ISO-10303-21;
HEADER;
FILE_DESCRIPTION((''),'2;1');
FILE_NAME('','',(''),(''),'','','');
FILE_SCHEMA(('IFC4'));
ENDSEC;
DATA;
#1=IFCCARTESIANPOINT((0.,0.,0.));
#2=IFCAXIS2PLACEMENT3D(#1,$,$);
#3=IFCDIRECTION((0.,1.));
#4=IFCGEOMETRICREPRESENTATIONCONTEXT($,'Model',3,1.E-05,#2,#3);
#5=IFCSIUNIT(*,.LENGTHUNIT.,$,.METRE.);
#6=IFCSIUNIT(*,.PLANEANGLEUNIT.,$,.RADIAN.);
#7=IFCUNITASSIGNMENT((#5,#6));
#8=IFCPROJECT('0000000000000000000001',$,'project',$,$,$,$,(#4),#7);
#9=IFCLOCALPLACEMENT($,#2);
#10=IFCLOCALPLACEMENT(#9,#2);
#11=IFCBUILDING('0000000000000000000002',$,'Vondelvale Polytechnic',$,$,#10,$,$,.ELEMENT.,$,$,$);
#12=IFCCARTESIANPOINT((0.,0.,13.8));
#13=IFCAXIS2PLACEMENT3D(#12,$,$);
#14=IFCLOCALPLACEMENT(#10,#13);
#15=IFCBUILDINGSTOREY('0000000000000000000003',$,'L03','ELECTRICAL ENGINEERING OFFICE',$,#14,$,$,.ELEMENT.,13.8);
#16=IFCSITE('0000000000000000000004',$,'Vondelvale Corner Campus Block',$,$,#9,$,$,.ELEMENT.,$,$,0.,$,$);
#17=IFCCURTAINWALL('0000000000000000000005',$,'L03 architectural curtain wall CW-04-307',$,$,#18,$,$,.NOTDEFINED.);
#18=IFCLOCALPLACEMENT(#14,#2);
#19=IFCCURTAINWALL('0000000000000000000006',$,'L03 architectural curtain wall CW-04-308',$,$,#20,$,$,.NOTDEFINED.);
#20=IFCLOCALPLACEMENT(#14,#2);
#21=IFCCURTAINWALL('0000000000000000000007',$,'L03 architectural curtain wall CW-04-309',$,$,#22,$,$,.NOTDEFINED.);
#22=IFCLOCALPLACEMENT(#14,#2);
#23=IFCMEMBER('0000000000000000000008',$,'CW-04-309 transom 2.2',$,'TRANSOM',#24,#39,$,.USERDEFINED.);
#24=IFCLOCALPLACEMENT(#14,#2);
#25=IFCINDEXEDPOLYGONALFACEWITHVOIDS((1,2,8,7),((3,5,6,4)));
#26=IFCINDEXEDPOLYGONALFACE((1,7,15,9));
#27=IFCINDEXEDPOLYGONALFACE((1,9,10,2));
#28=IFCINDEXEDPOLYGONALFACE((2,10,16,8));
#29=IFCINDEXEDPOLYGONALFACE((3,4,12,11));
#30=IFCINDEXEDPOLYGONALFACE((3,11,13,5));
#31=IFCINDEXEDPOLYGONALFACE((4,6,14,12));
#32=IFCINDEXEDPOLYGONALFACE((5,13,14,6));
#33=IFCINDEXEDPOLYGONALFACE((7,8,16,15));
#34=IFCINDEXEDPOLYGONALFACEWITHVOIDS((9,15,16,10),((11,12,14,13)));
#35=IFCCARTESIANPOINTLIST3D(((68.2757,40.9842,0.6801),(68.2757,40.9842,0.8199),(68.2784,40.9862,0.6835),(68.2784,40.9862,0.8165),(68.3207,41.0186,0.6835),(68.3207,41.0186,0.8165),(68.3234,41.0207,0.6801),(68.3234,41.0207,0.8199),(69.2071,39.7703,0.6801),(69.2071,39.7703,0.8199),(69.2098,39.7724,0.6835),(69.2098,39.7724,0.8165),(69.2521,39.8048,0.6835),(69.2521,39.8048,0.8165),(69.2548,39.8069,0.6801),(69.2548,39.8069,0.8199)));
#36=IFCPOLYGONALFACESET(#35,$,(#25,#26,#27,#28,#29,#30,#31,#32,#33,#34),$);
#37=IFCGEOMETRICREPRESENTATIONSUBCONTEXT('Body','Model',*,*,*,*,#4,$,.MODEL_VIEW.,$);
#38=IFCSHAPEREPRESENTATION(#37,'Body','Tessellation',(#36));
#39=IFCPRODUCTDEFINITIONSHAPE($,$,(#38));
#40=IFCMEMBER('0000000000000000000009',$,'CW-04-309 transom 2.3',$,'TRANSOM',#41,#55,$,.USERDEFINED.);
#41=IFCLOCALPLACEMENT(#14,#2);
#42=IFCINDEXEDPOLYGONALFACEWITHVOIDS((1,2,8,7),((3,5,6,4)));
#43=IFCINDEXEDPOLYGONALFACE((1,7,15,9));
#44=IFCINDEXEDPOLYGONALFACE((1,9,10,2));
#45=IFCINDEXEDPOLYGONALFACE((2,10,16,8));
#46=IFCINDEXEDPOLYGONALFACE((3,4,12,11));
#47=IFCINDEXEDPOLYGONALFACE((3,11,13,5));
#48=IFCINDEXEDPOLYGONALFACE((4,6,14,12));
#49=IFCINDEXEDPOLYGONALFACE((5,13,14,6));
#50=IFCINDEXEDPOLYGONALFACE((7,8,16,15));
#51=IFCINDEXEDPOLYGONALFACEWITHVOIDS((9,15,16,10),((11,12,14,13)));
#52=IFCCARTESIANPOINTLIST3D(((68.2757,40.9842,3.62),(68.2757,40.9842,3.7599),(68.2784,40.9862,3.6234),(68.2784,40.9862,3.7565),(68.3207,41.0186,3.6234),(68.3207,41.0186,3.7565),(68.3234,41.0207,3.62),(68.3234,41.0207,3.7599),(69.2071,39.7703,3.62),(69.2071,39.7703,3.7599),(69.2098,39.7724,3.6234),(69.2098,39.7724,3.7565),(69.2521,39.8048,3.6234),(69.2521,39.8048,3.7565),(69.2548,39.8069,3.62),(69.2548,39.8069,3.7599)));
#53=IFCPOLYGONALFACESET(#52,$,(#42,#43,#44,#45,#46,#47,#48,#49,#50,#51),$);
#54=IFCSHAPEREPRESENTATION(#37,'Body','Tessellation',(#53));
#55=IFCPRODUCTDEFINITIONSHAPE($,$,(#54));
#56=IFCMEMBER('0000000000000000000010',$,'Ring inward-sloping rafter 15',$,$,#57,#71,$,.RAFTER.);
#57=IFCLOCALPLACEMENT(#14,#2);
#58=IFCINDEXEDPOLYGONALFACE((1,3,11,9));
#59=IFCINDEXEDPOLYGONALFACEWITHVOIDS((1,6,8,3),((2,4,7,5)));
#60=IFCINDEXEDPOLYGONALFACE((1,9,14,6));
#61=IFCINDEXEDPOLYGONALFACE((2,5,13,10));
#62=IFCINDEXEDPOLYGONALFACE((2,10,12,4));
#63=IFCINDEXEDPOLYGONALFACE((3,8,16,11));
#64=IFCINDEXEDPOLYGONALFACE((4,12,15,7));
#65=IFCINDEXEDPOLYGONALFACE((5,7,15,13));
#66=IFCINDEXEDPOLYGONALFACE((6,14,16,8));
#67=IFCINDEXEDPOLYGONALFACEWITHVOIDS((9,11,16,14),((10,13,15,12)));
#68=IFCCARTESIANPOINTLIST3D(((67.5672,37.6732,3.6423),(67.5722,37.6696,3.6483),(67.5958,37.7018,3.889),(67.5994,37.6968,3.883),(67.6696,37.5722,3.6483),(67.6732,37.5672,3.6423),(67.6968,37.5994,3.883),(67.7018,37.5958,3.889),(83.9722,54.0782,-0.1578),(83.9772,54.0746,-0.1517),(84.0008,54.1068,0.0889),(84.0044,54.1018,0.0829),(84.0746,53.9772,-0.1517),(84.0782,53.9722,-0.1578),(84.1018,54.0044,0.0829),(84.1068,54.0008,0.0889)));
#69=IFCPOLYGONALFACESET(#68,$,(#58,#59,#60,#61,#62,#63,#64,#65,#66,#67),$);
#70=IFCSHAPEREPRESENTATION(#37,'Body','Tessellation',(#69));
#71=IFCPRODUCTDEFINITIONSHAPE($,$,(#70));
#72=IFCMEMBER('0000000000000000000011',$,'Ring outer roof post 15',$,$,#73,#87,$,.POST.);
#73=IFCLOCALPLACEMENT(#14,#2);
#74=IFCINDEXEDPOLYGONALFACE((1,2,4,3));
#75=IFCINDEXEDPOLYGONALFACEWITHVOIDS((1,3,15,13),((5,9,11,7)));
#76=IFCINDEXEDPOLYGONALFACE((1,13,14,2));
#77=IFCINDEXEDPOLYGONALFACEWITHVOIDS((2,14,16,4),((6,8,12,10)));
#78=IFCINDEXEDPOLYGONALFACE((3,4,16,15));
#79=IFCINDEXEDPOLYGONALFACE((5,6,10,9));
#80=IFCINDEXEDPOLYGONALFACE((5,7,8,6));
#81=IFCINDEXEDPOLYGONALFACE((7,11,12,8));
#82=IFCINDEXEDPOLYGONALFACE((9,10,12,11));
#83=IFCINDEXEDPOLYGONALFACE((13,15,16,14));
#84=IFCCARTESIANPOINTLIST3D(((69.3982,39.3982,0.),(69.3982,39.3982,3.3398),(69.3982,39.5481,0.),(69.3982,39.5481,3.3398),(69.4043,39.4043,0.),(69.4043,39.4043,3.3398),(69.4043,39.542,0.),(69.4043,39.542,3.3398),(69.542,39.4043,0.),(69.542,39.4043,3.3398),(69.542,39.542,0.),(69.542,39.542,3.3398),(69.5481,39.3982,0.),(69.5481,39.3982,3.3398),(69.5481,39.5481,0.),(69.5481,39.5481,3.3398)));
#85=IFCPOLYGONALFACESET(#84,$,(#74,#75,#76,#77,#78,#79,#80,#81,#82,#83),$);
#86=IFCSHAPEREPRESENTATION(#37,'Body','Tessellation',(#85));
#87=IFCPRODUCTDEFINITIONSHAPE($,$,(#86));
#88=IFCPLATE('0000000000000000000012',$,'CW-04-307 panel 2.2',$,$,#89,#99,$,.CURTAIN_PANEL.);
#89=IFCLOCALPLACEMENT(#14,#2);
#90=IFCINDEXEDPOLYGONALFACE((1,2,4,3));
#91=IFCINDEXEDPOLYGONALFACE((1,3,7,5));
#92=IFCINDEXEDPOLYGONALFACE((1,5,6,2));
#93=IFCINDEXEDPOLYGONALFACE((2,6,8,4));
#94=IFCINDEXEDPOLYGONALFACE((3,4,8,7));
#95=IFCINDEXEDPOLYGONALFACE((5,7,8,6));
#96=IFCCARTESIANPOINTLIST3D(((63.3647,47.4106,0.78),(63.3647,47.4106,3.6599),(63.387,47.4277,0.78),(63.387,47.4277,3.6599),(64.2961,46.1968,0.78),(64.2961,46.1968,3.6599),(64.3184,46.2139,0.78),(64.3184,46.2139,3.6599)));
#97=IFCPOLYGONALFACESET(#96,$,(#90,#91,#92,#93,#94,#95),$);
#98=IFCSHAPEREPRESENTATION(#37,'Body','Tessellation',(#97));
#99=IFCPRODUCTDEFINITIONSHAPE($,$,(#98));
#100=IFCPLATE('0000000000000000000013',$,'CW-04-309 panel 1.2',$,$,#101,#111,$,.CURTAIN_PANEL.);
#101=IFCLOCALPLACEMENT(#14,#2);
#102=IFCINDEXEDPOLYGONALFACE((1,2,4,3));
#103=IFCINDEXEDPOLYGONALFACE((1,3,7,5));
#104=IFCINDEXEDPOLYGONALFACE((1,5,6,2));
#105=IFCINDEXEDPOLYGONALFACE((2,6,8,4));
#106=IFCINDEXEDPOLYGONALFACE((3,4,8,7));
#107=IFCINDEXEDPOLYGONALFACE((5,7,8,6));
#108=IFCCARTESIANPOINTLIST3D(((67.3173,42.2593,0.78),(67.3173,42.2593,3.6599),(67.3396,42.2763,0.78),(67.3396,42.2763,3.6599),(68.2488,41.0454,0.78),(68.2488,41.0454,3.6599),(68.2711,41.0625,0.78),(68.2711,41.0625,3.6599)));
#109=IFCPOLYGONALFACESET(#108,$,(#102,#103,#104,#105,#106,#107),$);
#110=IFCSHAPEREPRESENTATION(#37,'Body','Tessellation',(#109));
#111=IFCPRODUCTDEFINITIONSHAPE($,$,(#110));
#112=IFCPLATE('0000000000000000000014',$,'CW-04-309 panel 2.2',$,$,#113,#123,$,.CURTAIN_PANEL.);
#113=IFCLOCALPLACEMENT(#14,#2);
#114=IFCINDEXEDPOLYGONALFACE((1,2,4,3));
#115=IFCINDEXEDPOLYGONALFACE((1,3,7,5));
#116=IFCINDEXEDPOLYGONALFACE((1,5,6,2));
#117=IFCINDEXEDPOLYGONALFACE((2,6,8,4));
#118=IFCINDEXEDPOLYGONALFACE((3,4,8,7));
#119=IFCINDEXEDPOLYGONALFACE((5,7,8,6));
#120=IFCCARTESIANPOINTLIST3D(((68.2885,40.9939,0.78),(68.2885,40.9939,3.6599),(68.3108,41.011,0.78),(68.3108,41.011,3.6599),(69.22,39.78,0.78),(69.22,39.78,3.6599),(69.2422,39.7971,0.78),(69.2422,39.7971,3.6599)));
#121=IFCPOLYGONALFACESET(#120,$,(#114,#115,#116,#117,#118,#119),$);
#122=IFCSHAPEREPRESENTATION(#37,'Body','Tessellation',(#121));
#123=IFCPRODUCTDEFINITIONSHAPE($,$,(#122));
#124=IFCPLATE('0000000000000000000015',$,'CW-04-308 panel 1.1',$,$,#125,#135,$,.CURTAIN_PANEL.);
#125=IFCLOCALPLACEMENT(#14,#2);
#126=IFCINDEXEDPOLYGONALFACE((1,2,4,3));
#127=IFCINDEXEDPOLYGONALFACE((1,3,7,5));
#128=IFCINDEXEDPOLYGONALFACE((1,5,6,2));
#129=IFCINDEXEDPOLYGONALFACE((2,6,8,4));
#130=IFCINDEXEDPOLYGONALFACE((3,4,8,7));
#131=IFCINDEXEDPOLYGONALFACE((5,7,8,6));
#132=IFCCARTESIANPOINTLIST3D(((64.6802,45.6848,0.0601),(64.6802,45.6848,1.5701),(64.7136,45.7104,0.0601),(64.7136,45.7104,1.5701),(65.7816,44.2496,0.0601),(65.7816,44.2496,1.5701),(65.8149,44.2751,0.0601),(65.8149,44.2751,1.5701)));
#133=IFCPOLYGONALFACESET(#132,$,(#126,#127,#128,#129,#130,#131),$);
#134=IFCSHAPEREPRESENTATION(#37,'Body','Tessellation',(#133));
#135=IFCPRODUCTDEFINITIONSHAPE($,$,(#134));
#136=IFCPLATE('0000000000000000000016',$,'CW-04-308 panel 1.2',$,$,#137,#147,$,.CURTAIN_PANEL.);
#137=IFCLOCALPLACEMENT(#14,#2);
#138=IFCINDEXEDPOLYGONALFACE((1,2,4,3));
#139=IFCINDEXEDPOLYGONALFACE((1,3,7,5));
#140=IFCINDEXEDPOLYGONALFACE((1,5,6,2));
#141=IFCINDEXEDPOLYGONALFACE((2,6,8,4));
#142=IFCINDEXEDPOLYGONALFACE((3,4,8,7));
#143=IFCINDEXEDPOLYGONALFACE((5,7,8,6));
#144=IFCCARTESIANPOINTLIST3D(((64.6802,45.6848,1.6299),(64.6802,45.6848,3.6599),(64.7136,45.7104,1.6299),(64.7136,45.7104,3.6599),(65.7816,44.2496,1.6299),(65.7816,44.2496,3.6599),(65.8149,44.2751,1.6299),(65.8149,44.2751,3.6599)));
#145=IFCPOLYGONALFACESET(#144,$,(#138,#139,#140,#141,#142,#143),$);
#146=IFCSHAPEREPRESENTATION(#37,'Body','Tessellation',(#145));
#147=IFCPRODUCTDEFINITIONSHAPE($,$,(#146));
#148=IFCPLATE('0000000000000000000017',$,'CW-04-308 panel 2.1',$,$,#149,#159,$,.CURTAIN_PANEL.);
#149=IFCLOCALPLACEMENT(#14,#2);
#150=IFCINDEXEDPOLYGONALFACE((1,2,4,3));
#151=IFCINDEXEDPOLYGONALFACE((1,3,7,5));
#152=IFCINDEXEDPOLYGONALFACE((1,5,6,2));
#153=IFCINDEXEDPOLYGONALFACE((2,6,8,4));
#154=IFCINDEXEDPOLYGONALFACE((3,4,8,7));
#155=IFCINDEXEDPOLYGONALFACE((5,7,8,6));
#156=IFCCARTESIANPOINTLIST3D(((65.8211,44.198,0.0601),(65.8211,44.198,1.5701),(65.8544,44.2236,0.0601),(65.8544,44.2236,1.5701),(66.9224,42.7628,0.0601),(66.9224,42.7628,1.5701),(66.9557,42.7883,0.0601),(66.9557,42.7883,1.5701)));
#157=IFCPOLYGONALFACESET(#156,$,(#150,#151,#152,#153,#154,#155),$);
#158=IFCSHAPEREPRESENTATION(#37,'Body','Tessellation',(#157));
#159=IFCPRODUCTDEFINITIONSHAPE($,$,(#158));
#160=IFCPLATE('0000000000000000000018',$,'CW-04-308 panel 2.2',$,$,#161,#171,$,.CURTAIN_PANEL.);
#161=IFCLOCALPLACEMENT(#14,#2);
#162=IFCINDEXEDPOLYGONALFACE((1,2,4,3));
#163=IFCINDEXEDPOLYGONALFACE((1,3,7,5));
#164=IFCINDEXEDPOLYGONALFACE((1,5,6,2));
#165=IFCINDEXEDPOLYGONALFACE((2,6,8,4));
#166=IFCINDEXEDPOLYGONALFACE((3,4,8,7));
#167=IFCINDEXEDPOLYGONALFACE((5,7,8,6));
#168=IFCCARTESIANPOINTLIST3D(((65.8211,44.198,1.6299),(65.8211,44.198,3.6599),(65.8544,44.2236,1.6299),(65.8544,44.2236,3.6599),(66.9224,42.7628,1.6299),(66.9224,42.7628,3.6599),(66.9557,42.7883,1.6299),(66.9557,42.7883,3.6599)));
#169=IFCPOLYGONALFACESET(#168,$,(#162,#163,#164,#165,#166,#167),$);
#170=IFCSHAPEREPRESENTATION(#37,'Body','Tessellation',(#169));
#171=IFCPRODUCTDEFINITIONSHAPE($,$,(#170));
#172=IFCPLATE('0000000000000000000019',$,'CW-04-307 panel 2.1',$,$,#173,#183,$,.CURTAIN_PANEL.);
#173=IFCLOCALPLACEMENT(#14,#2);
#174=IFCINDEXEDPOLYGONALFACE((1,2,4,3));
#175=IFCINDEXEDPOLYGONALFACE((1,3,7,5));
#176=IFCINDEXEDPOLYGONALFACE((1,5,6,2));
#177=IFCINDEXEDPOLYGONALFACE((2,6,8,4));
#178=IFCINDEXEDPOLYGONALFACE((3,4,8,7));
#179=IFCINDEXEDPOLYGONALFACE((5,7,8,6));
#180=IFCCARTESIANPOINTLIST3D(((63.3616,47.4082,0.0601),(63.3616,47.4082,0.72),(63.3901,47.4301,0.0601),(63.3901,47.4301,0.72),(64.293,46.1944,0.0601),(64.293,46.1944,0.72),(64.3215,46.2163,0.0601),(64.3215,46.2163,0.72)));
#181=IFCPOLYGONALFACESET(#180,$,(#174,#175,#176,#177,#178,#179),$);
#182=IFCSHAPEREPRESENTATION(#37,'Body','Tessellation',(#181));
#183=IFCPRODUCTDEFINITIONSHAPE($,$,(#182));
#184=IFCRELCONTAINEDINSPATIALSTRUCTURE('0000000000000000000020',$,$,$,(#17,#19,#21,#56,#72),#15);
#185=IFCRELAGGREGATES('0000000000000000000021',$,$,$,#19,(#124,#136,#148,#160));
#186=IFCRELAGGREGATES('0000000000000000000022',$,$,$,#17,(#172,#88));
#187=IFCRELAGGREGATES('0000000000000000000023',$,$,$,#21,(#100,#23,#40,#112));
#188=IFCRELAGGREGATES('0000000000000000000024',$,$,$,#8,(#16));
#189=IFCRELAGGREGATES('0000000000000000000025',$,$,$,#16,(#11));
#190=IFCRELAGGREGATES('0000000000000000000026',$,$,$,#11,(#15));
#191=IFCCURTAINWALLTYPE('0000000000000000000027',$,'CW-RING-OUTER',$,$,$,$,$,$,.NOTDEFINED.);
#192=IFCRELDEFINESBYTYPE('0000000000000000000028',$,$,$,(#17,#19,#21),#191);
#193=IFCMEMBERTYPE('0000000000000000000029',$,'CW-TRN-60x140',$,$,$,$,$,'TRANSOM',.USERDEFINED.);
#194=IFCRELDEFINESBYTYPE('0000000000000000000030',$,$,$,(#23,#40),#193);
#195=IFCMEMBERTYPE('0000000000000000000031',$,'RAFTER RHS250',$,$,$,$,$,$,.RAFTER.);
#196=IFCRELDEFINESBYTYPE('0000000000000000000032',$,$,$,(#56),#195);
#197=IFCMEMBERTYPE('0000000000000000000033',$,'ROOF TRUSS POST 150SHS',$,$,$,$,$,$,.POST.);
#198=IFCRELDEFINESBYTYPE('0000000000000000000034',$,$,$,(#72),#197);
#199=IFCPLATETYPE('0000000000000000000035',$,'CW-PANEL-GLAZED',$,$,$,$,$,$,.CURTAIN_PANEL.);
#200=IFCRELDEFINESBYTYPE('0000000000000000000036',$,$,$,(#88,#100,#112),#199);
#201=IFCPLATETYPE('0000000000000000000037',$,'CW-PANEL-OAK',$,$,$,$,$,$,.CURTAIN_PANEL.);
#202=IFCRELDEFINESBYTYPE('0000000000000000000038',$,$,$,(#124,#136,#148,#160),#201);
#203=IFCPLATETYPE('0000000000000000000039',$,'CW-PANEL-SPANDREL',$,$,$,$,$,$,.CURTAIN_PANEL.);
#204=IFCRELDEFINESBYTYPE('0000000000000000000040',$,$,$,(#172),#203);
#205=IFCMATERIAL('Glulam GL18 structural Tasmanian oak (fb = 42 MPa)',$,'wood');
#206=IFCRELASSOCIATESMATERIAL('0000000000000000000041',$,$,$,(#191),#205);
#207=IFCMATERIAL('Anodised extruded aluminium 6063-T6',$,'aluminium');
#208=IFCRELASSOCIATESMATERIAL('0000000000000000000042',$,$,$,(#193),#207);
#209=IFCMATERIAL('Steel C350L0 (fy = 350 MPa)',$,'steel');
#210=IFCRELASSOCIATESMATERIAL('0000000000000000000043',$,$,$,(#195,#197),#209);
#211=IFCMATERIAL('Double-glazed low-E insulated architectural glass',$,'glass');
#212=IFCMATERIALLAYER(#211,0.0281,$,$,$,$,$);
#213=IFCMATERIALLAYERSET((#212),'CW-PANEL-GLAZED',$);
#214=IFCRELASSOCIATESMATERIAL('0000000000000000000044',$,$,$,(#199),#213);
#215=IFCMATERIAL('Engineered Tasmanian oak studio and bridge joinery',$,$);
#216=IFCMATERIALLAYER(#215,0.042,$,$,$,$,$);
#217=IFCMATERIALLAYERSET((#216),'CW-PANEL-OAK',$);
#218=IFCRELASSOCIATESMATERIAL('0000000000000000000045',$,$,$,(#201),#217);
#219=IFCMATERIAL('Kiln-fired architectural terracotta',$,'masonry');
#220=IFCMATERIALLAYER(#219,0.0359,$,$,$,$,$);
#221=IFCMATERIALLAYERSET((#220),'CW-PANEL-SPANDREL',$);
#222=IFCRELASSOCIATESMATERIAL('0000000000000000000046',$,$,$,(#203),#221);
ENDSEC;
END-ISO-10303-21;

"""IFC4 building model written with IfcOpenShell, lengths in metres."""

from ifc_helpers import new_model, si_unit, direction, frame, origin, origin_2d, place, context, subcontext, project, spatial, rectangle, hollow_rectangle, extrude, material, layer, layer_set, material_profile, profile_set, type_object, element, aggregate, save


model = new_model("IFC4")

# Units and contexts
model_context = context("Model", 3, precision=1e-05, world=origin(), true_north=direction((0.0, 1.0)))
body_context = subcontext(model_context, "Body", "Model", "MODEL_VIEW")
ifc_project = project(units=[si_unit("LENGTHUNIT", "METRE"), si_unit("PLANEANGLEUNIT", "RADIAN")], contexts=[model_context])

# Site, building, storey
site_placement = place(None, origin())
site = spatial("IfcSite", under=ifc_project, at=site_placement, Name="Vondelvale Corner Campus Block", CompositionType="ELEMENT", RefElevation=0.0)
building_placement = place(site_placement, origin())
building = spatial("IfcBuilding", under=site, at=building_placement, Name="Vondelvale Polytechnic", CompositionType="ELEMENT")
storey_placement = place(building_placement, frame((0.0, 0.0, 13.8)))
storey = spatial("IfcBuildingStorey", under=building, at=storey_placement, Name="L03", Description="ELECTRICAL ENGINEERING OFFICE", CompositionType="ELEMENT", Elevation=13.8)

# Shared definitions
ifc_material_1 = material(Name="Glulam GL18 structural Tasmanian oak (fb = 42 MPa)", Category="wood")

# Curtain wall
curtain_wall_type = type_object("IfcCurtainWallType", Name="CW-RING-OUTER", PredefinedType="NOTDEFINED", material=ifc_material_1)
curtain_wall_1_placement = place(storey_placement, origin())
curtain_wall_1 = element("IfcCurtainWall", 1, at=curtain_wall_1_placement, inside=storey, type_object=curtain_wall_type, Name="L03 architectural curtain wall CW-04-307", PredefinedType="NOTDEFINED")
ifc_material_2 = material(Name="Anodised extruded aluminium 6063-T6", Category="aluminium")

# Curtain walls
curtain_wall_2_placement = place(storey_placement, origin())
curtain_wall_2 = element("IfcCurtainWall", 2, at=curtain_wall_2_placement, inside=storey, type_object=curtain_wall_type, Name="L03 architectural curtain wall CW-04-308", PredefinedType="NOTDEFINED")
curtain_wall_3_placement = place(storey_placement, origin())
curtain_wall_3 = element("IfcCurtainWall", 3, at=curtain_wall_3_placement, inside=storey, type_object=curtain_wall_type, Name="L03 architectural curtain wall CW-04-309", PredefinedType="NOTDEFINED")

# Members
ifc_material_profile_1 = material_profile(ifc_material_2, hollow_rectangle(XDim=0.0601, YDim=0.1399, WallThickness=0.0034, at=origin_2d()), Name="CW-TRN-140x60")
ifc_profile_set_1 = profile_set([ifc_material_profile_1], Name="Anodised extruded aluminium 6063-T6")
member_type_1 = type_object("IfcMemberType", Name="CW-TRN-60x140", ElementType="TRANSOM", PredefinedType="USERDEFINED", material=ifc_profile_set_1)
member_1_placement = place(storey_placement, frame((68.2996, 41.0024, 0.75), z_axis=(0.608746, -0.793365, 0.0), x_axis=(0.793365, 0.608746, 0.0)))
member_1 = element("IfcMember", 4, at=member_1_placement, type_object=member_type_1, Name="CW-04-309 transom 2.2", ObjectType="TRANSOM", PredefinedType="USERDEFINED", context=body_context, shape_type="SweptSolid", body=[
    extrude(hollow_rectangle(XDim=0.0601, YDim=0.1399, WallThickness=0.0034, at=origin_2d()), origin(), (0.0, 0.0, 1.0), 1.53),
])
member_2_placement = place(storey_placement, frame((68.2996, 41.0024, 3.6899), z_axis=(0.608746, -0.793365, 0.0), x_axis=(0.793365, 0.608746, 0.0)))
member_2 = element("IfcMember", 5, at=member_2_placement, type_object=member_type_1, Name="CW-04-309 transom 2.3", ObjectType="TRANSOM", PredefinedType="USERDEFINED", context=body_context, shape_type="SweptSolid", body=[
    extrude(hollow_rectangle(XDim=0.0601, YDim=0.1399, WallThickness=0.0034, at=origin_2d()), origin(), (0.0, 0.0, 1.0), 1.53),
])

# Members
ifc_material_3 = material(Name="Steel C350L0 (fy = 350 MPa)", Category="steel")
ifc_material_profile_2 = material_profile(ifc_material_3, hollow_rectangle(XDim=0.1499, YDim=0.25, WallThickness=0.0061, at=origin_2d()), Name="250x150x6.0RHS")
ifc_profile_set_2 = profile_set([ifc_material_profile_2], Name="Steel C350L0 (fy = 350 MPa)")
member_type_2 = type_object("IfcMemberType", Name="RAFTER RHS250", PredefinedType="RAFTER", material=ifc_profile_set_2)
member_3_placement = place(storey_placement, frame((67.6345, 37.6345, 3.7656), z_axis=(0.697808, 0.697808, -0.16164), x_axis=(-0.707107, 0.707107, 0.0)))
element("IfcMember", 6, at=member_3_placement, inside=storey, type_object=member_type_2, Name="Ring inward-sloping rafter 15", PredefinedType="RAFTER", context=body_context, shape_type="SweptSolid", body=[
    extrude(hollow_rectangle(XDim=0.1499, YDim=0.25, WallThickness=0.0061, at=origin_2d()), origin(), (0.0, 0.0, 1.0), 23.5093),
])
ifc_material_profile_3 = material_profile(ifc_material_3, hollow_rectangle(XDim=0.1499, YDim=0.1499, WallThickness=0.0061, at=origin_2d()), Name="150x150x6.0SHS")
ifc_profile_set_3 = profile_set([ifc_material_profile_3], Name="Steel C350L0 (fy = 350 MPa)")
member_type_3 = type_object("IfcMemberType", Name="ROOF TRUSS POST 150SHS", PredefinedType="POST", material=ifc_profile_set_3)
member_4_placement = place(storey_placement, frame((69.4731, 39.4731, 0.0), z_axis=(0.0, 0.0, 1.0), x_axis=(1.0, 0.0, 0.0)))
element("IfcMember", 7, at=member_4_placement, inside=storey, type_object=member_type_3, Name="Ring outer roof post 15", PredefinedType="POST", context=body_context, shape_type="SweptSolid", body=[
    extrude(hollow_rectangle(XDim=0.1499, YDim=0.1499, WallThickness=0.0061, at=origin_2d()), origin(), (0.0, 0.0, 1.0), 3.3398),
])

# Plates
ifc_material_4 = material(Name="Double-glazed low-E insulated architectural glass", Category="glass")
ifc_layer_1 = layer(ifc_material_4, 0.0281)
ifc_layer_set_1 = layer_set([ifc_layer_1], Name="CW-PANEL-GLAZED")
plate_type_1 = type_object("IfcPlateType", Name="CW-PANEL-GLAZED", PredefinedType="CURTAIN_PANEL", material=ifc_layer_set_1)
plate_1_placement = place(storey_placement, frame((63.8416, 46.8123, 0.78), z_axis=(0.0, 0.0, 1.0), x_axis=(0.608787, -0.793334, 0.0)))
plate_1 = element("IfcPlate", 8, at=plate_1_placement, type_object=plate_type_1, Name="CW-04-307 panel 2.2", PredefinedType="CURTAIN_PANEL", context=body_context, shape_type="SweptSolid", body=[
    extrude(rectangle(XDim=1.53, YDim=0.0281, at=origin_2d()), origin(), (0.0, 0.0, 1.0), 2.8799),
])
plate_2_placement = place(storey_placement, frame((67.7942, 41.6609, 0.78), z_axis=(0.0, 0.0, 1.0), x_axis=(0.608787, -0.793334, 0.0)))
plate_2 = element("IfcPlate", 9, at=plate_2_placement, type_object=plate_type_1, Name="CW-04-309 panel 1.2", PredefinedType="CURTAIN_PANEL", context=body_context, shape_type="SweptSolid", body=[
    extrude(rectangle(XDim=1.53, YDim=0.0281, at=origin_2d()), origin(), (0.0, 0.0, 1.0), 2.8799),
])
plate_3_placement = place(storey_placement, frame((68.7654, 40.3955, 0.78), z_axis=(0.0, 0.0, 1.0), x_axis=(0.608787, -0.793334, 0.0)))
plate_3 = element("IfcPlate", 10, at=plate_3_placement, type_object=plate_type_1, Name="CW-04-309 panel 2.2", PredefinedType="CURTAIN_PANEL", context=body_context, shape_type="SweptSolid", body=[
    extrude(rectangle(XDim=1.53, YDim=0.0281, at=origin_2d()), origin(), (0.0, 0.0, 1.0), 2.8799),
])
ifc_material_5 = material(Name="Engineered Tasmanian oak studio and bridge joinery")
ifc_layer_2 = layer(ifc_material_5, 0.042)
ifc_layer_set_2 = layer_set([ifc_layer_2], Name="CW-PANEL-OAK")
plate_type_2 = type_object("IfcPlateType", Name="CW-PANEL-OAK", PredefinedType="CURTAIN_PANEL", material=ifc_layer_set_2)
plate_4_placement = place(storey_placement, frame((65.2476, 44.98, 0.0601), z_axis=(0.0, 0.0, 1.0), x_axis=(0.608771, -0.793346, 0.0)))
plate_4 = element("IfcPlate", 11, at=plate_4_placement, type_object=plate_type_2, Name="CW-04-308 panel 1.1", PredefinedType="CURTAIN_PANEL", context=body_context, shape_type="SweptSolid", body=[
    extrude(rectangle(XDim=1.8091, YDim=0.042, at=origin_2d()), origin(), (0.0, 0.0, 1.0), 1.51),
])
plate_5_placement = place(storey_placement, frame((65.2476, 44.98, 1.6299), z_axis=(0.0, 0.0, 1.0), x_axis=(0.608771, -0.793346, 0.0)))
plate_5 = element("IfcPlate", 12, at=plate_5_placement, type_object=plate_type_2, Name="CW-04-308 panel 1.2", PredefinedType="CURTAIN_PANEL", context=body_context, shape_type="SweptSolid", body=[
    extrude(rectangle(XDim=1.8091, YDim=0.042, at=origin_2d()), origin(), (0.0, 0.0, 1.0), 2.03),
])
plate_6_placement = place(storey_placement, frame((66.3884, 43.4932, 0.0601), z_axis=(0.0, 0.0, 1.0), x_axis=(0.608771, -0.793346, 0.0)))
plate_6 = element("IfcPlate", 13, at=plate_6_placement, type_object=plate_type_2, Name="CW-04-308 panel 2.1", PredefinedType="CURTAIN_PANEL", context=body_context, shape_type="SweptSolid", body=[
    extrude(rectangle(XDim=1.8091, YDim=0.042, at=origin_2d()), origin(), (0.0, 0.0, 1.0), 1.51),
])
plate_7_placement = place(storey_placement, frame((66.3884, 43.4932, 1.6299), z_axis=(0.0, 0.0, 1.0), x_axis=(0.608771, -0.793346, 0.0)))
plate_7 = element("IfcPlate", 14, at=plate_7_placement, type_object=plate_type_2, Name="CW-04-308 panel 2.2", PredefinedType="CURTAIN_PANEL", context=body_context, shape_type="SweptSolid", body=[
    extrude(rectangle(XDim=1.8091, YDim=0.042, at=origin_2d()), origin(), (0.0, 0.0, 1.0), 2.03),
])
aggregate(curtain_wall_2, [plate_4, plate_5, plate_6, plate_7])
ifc_material_6 = material(Name="Kiln-fired architectural terracotta", Category="masonry")
ifc_layer_3 = layer(ifc_material_6, 0.0359)
ifc_layer_set_3 = layer_set([ifc_layer_3], Name="CW-PANEL-SPANDREL")
plate_type_3 = type_object("IfcPlateType", Name="CW-PANEL-SPANDREL", PredefinedType="CURTAIN_PANEL", material=ifc_layer_set_3)
plate_8_placement = place(storey_placement, frame((63.8416, 46.8123, 0.0601), z_axis=(0.0, 0.0, 1.0), x_axis=(0.608787, -0.793334, 0.0)))
plate_8 = element("IfcPlate", 15, at=plate_8_placement, type_object=plate_type_3, Name="CW-04-307 panel 2.1", PredefinedType="CURTAIN_PANEL", context=body_context, shape_type="SweptSolid", body=[
    extrude(rectangle(XDim=1.53, YDim=0.0359, at=origin_2d()), origin(), (0.0, 0.0, 1.0), 0.6599),
])
aggregate(curtain_wall_1, [plate_8, plate_1])
aggregate(curtain_wall_3, [plate_2, member_1, member_2, plate_3])

save(model, "model.ifc")
